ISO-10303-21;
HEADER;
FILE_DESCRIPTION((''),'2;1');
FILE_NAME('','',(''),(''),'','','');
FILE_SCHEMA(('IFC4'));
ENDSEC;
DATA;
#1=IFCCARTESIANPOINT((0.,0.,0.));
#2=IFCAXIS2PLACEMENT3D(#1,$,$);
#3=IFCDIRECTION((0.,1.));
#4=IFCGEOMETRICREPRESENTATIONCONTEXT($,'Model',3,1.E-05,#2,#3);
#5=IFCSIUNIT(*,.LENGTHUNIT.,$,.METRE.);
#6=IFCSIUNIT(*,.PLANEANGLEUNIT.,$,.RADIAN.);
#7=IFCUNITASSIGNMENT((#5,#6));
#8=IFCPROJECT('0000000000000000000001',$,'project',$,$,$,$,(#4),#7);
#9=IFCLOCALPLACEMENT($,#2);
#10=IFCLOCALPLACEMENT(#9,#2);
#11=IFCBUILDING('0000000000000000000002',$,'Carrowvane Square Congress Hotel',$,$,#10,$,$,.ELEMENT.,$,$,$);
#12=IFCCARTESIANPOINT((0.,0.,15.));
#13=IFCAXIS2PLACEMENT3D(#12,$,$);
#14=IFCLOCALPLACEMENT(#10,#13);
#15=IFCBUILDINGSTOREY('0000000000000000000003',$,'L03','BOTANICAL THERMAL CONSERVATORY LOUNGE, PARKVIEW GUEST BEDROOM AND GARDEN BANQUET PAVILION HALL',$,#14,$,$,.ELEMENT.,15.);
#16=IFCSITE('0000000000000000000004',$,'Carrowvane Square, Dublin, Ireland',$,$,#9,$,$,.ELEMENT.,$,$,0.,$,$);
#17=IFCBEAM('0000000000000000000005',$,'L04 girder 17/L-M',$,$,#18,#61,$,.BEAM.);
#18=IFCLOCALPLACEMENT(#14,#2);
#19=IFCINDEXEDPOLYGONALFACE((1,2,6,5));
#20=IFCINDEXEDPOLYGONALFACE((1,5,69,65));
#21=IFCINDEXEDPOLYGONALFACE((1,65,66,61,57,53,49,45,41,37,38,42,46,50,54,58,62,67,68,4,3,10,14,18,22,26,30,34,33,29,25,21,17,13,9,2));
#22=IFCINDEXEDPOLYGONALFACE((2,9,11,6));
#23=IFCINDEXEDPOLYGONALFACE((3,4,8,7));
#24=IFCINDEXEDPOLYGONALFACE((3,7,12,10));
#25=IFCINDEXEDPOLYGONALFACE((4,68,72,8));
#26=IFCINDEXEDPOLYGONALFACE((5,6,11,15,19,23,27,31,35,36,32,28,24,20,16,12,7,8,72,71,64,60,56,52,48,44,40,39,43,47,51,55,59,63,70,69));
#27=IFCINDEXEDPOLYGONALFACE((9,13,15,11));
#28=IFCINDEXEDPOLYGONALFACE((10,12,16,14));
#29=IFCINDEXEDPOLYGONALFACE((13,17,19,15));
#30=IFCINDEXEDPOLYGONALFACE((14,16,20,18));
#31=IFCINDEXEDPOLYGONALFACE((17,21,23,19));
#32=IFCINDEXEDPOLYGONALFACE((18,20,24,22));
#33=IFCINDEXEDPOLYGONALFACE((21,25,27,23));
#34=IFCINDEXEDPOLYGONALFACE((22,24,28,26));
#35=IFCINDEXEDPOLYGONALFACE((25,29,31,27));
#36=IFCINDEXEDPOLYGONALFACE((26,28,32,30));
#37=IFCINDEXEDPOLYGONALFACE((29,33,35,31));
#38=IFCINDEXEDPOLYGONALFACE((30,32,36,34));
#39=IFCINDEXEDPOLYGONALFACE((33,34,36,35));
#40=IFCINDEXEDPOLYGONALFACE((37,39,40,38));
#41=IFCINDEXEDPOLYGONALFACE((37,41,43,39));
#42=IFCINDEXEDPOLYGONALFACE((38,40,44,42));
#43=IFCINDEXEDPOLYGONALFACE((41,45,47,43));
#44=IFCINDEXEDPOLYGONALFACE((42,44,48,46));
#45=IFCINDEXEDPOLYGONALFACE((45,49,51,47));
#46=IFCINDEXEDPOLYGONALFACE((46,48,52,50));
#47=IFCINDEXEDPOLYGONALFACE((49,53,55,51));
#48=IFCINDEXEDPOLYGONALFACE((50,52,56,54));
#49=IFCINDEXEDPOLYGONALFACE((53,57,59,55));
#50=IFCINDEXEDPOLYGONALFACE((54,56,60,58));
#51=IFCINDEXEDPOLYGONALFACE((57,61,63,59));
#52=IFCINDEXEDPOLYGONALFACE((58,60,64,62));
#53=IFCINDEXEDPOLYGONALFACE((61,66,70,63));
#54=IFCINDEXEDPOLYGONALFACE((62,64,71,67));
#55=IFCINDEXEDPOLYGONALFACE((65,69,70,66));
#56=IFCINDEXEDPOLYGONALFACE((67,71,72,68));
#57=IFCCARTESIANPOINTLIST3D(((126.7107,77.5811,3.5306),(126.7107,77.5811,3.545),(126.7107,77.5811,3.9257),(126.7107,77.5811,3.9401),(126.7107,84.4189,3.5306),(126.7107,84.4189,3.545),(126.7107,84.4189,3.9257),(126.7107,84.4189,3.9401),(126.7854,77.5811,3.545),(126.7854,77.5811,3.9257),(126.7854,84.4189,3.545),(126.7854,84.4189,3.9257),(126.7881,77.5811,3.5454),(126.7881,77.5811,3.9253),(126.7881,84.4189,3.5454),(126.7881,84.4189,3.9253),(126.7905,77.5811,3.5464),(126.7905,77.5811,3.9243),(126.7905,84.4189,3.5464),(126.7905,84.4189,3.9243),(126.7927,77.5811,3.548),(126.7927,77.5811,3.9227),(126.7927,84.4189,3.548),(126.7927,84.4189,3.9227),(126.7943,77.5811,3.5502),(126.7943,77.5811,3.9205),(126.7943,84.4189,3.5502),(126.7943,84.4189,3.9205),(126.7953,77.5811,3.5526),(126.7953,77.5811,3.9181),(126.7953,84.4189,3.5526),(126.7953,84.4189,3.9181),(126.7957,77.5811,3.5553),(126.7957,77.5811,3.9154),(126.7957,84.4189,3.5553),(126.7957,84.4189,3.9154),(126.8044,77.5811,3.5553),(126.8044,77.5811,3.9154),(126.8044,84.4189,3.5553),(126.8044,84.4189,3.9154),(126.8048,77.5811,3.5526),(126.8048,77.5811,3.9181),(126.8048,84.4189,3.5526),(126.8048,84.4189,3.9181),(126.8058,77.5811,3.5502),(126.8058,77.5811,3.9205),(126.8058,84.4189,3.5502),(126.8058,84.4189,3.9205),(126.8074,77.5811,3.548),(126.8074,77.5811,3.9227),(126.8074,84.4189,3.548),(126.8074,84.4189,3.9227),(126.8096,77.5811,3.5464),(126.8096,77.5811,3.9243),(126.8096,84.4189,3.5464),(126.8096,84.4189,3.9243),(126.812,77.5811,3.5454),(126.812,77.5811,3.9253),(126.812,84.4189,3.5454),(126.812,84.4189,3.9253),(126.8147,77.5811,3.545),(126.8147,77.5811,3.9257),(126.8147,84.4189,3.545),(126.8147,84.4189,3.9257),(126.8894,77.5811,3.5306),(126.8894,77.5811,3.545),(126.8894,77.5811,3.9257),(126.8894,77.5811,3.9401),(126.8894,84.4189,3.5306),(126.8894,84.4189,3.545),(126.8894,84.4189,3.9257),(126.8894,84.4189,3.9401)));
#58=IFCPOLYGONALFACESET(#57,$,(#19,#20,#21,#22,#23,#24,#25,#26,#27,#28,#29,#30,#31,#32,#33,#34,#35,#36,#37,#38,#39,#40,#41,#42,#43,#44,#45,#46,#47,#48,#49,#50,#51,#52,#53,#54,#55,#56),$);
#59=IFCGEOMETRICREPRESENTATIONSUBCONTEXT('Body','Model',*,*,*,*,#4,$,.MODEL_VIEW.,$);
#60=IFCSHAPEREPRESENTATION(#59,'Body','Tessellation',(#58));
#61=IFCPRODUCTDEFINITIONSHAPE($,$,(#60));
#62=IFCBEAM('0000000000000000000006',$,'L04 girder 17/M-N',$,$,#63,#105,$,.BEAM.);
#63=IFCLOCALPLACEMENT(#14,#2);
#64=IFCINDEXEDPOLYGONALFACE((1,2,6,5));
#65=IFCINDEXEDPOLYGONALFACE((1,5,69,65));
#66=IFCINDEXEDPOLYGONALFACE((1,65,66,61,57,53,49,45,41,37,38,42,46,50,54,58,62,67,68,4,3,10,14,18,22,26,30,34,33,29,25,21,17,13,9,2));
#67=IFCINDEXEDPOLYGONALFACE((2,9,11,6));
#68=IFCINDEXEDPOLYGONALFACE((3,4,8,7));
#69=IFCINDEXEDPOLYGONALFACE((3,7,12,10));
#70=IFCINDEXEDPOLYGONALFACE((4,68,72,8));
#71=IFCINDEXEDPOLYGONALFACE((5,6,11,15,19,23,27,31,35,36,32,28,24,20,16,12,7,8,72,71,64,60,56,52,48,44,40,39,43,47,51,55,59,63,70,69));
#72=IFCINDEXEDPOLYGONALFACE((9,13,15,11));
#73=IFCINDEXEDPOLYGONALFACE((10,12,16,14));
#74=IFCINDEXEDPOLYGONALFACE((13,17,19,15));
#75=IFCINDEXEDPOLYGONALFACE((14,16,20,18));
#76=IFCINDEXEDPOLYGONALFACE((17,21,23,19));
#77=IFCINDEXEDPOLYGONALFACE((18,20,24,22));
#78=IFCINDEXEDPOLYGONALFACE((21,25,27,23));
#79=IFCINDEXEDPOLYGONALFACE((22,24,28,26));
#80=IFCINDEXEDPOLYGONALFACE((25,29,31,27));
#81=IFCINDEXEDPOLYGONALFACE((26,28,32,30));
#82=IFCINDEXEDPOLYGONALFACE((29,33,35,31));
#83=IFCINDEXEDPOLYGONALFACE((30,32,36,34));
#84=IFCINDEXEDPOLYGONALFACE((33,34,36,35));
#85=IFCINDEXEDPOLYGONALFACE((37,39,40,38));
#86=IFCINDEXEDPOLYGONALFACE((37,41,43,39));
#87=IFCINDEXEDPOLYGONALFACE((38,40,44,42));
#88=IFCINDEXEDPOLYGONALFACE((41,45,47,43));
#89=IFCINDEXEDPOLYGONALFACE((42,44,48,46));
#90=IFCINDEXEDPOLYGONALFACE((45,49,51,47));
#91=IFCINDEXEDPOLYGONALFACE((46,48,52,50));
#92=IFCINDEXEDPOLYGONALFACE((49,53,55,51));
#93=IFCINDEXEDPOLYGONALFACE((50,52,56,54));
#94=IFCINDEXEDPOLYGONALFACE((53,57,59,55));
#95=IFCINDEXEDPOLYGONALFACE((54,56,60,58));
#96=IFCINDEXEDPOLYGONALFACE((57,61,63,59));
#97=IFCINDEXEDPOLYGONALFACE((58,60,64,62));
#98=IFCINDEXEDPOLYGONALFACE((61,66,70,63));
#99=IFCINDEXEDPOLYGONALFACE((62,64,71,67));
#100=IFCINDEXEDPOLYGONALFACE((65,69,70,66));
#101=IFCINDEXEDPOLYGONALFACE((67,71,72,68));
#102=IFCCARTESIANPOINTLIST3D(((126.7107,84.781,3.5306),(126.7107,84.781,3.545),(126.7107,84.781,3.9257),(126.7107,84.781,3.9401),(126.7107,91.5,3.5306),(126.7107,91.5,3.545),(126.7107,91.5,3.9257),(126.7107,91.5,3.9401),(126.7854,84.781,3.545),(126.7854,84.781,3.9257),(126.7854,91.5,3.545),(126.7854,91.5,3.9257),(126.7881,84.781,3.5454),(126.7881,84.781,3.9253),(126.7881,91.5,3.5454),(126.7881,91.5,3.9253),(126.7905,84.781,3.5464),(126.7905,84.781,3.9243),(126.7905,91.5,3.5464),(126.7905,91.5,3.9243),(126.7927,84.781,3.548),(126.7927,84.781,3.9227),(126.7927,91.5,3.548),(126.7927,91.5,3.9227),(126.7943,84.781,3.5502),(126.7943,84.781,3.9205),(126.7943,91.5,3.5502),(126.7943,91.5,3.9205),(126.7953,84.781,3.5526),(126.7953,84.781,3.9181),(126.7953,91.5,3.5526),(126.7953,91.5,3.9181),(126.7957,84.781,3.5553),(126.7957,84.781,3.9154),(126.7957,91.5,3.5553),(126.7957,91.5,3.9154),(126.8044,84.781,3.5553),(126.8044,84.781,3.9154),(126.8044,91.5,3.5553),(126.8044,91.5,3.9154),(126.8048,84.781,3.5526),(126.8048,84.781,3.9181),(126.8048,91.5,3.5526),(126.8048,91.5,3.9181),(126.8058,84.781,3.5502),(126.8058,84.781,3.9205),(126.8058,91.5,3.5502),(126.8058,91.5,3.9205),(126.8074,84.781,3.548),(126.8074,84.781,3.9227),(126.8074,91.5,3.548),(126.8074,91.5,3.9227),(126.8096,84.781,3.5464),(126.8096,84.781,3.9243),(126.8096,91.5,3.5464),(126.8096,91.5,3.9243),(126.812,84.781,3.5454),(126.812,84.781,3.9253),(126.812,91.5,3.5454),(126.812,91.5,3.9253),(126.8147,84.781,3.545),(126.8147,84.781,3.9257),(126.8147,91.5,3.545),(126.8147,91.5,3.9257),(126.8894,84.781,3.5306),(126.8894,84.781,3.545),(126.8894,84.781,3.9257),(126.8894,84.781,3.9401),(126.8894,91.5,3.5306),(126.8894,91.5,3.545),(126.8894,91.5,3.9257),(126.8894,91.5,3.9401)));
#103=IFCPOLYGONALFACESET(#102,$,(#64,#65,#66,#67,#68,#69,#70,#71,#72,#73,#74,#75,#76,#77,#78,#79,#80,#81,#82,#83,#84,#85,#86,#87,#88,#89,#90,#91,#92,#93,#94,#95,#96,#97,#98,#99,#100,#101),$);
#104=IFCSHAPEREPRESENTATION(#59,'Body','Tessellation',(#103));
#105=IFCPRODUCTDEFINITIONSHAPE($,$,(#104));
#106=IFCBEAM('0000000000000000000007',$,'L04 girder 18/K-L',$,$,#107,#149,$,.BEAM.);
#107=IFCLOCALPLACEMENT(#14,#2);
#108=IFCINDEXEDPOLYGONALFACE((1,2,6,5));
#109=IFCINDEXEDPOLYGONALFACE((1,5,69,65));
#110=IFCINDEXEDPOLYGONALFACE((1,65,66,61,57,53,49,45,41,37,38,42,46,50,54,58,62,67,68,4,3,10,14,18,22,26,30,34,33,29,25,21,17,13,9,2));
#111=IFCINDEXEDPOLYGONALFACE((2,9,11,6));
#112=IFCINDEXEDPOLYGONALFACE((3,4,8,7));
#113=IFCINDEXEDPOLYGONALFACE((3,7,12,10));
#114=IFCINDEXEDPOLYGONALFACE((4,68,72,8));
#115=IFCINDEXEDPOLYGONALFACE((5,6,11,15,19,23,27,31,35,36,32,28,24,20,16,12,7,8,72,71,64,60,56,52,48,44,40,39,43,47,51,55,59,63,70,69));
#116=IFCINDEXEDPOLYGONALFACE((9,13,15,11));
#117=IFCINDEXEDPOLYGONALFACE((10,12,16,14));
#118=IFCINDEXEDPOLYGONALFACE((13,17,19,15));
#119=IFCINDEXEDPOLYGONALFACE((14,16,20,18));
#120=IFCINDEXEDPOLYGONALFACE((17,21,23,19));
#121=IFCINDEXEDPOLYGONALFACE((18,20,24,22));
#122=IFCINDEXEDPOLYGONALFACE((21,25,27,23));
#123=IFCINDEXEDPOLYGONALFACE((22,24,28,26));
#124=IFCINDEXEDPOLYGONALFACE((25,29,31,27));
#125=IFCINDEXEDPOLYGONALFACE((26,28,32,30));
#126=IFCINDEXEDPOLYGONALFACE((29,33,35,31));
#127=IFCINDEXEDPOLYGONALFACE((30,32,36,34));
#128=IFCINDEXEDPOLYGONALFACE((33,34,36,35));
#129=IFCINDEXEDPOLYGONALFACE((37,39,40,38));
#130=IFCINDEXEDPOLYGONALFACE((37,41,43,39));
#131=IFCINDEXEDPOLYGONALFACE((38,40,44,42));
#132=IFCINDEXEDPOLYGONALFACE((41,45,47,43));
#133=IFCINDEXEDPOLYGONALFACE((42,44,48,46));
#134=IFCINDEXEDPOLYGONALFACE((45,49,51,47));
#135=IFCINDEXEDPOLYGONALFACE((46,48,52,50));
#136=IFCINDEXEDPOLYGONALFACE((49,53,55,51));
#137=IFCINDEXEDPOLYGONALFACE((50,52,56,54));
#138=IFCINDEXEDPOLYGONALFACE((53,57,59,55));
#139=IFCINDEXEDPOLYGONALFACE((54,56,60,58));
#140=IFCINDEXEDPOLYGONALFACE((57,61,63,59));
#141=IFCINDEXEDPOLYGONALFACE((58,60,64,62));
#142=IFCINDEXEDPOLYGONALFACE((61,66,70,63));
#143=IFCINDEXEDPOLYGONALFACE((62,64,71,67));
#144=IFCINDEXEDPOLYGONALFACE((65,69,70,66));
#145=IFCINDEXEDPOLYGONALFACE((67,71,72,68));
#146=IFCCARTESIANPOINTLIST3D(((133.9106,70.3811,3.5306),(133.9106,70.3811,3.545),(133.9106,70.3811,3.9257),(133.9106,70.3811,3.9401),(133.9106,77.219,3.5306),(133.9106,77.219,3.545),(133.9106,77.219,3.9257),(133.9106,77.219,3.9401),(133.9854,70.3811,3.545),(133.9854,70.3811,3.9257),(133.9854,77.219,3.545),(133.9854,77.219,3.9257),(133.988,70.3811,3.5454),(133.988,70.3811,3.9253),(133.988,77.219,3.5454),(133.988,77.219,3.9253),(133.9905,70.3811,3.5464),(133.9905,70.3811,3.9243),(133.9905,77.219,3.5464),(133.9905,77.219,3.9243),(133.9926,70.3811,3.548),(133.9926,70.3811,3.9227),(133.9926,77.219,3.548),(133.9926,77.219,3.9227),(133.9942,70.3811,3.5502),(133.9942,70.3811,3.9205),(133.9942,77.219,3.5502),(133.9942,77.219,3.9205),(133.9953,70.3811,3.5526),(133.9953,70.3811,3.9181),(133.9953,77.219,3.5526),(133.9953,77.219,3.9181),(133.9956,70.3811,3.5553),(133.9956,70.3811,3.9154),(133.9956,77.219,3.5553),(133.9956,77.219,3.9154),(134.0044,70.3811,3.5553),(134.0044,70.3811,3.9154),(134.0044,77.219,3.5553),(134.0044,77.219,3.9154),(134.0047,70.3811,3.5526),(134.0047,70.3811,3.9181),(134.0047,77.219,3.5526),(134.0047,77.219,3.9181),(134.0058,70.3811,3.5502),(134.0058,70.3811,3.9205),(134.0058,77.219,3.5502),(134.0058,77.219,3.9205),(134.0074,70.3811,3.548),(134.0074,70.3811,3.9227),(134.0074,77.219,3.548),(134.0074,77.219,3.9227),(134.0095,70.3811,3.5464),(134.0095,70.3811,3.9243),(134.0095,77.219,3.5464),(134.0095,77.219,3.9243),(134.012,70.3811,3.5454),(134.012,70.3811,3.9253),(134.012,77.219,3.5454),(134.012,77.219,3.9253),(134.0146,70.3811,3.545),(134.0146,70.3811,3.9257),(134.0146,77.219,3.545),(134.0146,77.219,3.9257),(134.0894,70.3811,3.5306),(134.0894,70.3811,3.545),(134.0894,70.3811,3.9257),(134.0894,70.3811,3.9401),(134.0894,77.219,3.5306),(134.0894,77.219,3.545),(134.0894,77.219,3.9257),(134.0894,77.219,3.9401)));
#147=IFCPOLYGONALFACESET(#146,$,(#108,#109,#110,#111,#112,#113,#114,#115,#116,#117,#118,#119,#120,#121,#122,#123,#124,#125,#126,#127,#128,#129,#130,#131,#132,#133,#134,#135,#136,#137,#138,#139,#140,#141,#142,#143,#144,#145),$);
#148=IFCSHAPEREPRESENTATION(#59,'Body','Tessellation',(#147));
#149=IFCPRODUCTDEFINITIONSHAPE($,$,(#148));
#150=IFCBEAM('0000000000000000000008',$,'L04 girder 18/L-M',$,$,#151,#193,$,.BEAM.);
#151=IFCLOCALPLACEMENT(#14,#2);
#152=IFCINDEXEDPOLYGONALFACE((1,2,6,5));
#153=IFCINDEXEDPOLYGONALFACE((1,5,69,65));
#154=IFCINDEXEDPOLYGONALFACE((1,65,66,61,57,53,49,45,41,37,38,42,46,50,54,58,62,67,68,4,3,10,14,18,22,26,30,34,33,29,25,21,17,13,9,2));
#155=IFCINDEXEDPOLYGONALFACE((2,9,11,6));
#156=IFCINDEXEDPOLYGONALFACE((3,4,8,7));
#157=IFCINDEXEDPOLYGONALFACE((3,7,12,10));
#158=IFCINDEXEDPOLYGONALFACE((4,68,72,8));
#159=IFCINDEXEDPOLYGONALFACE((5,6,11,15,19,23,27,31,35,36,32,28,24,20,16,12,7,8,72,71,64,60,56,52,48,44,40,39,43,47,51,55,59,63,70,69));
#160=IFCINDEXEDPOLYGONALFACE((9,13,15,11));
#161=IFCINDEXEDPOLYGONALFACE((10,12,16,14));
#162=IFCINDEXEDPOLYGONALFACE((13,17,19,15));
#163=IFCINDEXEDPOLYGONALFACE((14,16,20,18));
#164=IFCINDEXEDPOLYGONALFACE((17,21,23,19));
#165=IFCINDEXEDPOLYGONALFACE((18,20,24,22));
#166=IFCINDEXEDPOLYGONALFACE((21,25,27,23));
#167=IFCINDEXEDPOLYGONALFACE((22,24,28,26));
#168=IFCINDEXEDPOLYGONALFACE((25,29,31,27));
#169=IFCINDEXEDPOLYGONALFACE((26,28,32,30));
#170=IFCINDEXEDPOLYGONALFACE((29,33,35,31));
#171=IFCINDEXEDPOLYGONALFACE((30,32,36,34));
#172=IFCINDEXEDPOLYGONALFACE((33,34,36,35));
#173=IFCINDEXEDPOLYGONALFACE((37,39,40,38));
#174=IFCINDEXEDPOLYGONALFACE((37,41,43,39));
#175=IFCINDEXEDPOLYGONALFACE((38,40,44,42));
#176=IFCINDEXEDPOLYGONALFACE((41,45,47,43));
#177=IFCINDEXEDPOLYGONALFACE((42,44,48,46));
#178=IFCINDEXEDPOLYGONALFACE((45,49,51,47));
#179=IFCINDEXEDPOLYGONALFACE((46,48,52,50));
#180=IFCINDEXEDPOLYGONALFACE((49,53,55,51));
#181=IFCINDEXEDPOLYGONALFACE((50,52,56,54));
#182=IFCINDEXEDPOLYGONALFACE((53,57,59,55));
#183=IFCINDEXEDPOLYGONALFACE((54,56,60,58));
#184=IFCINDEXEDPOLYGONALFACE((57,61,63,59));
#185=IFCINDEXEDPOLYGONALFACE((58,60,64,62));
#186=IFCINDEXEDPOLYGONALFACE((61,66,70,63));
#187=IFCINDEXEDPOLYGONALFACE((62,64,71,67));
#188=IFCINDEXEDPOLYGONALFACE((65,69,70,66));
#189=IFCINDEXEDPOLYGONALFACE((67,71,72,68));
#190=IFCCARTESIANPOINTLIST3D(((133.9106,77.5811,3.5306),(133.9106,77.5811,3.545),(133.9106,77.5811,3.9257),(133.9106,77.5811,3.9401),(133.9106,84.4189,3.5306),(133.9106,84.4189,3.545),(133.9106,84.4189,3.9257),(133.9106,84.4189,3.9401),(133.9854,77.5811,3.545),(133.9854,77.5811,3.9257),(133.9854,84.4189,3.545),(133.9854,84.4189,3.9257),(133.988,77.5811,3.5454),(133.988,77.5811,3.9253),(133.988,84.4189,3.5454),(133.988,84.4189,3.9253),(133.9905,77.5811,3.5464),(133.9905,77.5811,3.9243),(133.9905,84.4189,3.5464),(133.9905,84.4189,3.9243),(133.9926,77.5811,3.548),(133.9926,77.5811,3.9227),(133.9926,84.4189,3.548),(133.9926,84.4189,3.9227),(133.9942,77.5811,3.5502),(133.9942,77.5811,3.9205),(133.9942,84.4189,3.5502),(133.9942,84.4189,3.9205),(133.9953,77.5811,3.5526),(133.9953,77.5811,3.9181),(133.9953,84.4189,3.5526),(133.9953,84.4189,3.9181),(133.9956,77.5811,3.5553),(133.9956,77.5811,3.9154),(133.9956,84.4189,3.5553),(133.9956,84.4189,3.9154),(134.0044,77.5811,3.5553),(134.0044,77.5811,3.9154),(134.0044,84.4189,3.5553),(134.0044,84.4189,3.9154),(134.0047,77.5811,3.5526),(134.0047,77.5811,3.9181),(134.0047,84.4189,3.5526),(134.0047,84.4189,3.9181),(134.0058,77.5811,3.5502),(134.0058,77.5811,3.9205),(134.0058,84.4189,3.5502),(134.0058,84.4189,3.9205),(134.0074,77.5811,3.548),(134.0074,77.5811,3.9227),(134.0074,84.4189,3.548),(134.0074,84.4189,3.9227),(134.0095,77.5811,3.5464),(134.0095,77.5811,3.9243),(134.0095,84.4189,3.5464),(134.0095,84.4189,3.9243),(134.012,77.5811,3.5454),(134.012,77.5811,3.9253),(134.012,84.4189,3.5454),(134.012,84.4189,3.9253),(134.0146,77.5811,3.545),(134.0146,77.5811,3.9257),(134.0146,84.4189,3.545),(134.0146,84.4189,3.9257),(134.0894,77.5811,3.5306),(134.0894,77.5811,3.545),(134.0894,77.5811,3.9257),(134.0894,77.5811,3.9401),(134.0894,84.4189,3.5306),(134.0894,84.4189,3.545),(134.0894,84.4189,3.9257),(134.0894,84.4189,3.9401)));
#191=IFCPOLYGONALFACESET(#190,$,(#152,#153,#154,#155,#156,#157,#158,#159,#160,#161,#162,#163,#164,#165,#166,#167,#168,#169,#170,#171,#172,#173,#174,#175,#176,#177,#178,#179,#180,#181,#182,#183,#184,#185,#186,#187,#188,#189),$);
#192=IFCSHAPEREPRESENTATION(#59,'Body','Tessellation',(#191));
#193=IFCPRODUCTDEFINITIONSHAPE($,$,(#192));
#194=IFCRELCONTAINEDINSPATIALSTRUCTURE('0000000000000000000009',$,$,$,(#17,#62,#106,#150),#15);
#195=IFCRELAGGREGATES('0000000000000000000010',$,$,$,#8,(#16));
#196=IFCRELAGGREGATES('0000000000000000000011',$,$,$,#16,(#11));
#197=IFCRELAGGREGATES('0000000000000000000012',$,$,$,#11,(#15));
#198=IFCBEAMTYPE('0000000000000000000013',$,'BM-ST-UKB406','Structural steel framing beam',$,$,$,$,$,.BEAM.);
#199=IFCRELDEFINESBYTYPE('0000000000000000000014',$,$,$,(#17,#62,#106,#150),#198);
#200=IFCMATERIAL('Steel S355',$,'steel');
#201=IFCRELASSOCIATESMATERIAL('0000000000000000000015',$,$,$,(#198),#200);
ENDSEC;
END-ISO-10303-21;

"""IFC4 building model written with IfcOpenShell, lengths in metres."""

from ifc_helpers import new_model, si_unit, direction, frame, origin, origin_2d, place, context, subcontext, project, spatial, i_section, extrude, material, material_profile, profile_set, type_object, element, save


model = new_model("IFC4")

# Units and contexts
model_context = context("Model", 3, precision=1e-05, world=origin(), true_north=direction((0.0, 1.0)))
body_context = subcontext(model_context, "Body", "Model", "MODEL_VIEW")
ifc_project = project(units=[si_unit("LENGTHUNIT", "METRE"), si_unit("PLANEANGLEUNIT", "RADIAN")], contexts=[model_context])

# Site, building, storey
site_placement = place(None, origin())
site = spatial("IfcSite", under=ifc_project, at=site_placement, Name="Carrowvane Square, Dublin, Ireland", CompositionType="ELEMENT", RefElevation=0.0)
building_placement = place(site_placement, origin())
building = spatial("IfcBuilding", under=site, at=building_placement, Name="Carrowvane Square Congress Hotel", CompositionType="ELEMENT")
storey_placement = place(building_placement, frame((0.0, 0.0, 15.0)))
storey = spatial("IfcBuildingStorey", under=building, at=storey_placement, Name="L03", Description="BOTANICAL THERMAL CONSERVATORY LOUNGE, PARKVIEW GUEST BEDROOM AND GARDEN BANQUET PAVILION HALL", CompositionType="ELEMENT", Elevation=15.0)

# Beams
ifc_material_1 = material(Name="Steel S355", Category="steel")
ifc_material_profile_1 = material_profile(ifc_material_1, i_section(OverallWidth=0.1787, OverallDepth=0.4094, WebThickness=0.0088, FlangeThickness=0.0144, FilletRadius=0.0103, at=origin_2d()), Name="UKB 406x178x67")
ifc_profile_set_1 = profile_set([ifc_material_profile_1], Name="Steel S355")
beam_type_1 = type_object("IfcBeamType", Name="BM-ST-UKB406", Description="Structural steel framing beam", PredefinedType="BEAM", material=ifc_profile_set_1)
for number, where, z_axis, x_axis, name in (
    (1, (126.8, 77.5811, 3.7354), (0.0, 1.0, 0.0), (-1.0, 0.0, 0.0), "L04 girder 17/L-M"),
):
    element("IfcBeam", number, at=place(storey_placement, frame(where, z_axis=z_axis, x_axis=x_axis)), inside=storey, type_object=beam_type_1, Name=name, PredefinedType="BEAM", context=body_context, shape_type="SweptSolid", body=[
        extrude(i_section(OverallWidth=0.1787, OverallDepth=0.4094, WebThickness=0.0088, FlangeThickness=0.0144, FilletRadius=0.0103, at=origin_2d()), origin(), (0.0, 0.0, 1.0), 6.8379),
    ])
beam_1_placement = place(storey_placement, frame((126.8, 84.781, 3.7354), z_axis=(0.0, 1.0, 0.0), x_axis=(-1.0, 0.0, 0.0)))
element("IfcBeam", 2, at=beam_1_placement, inside=storey, type_object=beam_type_1, Name="L04 girder 17/M-N", PredefinedType="BEAM", context=body_context, shape_type="SweptSolid", body=[
    extrude(i_section(OverallWidth=0.1787, OverallDepth=0.4094, WebThickness=0.0088, FlangeThickness=0.0144, FilletRadius=0.0103, at=origin_2d()), origin(), (0.0, 0.0, 1.0), 6.719),
])
for number, where, z_axis, x_axis, name in (
    (3, (134.0, 70.3811, 3.7354), (0.0, 1.0, 0.0), (-1.0, 0.0, 0.0), "L04 girder 18/K-L"),
    (4, (134.0, 77.5811, 3.7354), (0.0, 1.0, 0.0), (-1.0, 0.0, 0.0), "L04 girder 18/L-M"),
):
    element("IfcBeam", number, at=place(storey_placement, frame(where, z_axis=z_axis, x_axis=x_axis)), inside=storey, type_object=beam_type_1, Name=name, PredefinedType="BEAM", context=body_context, shape_type="SweptSolid", body=[
        extrude(i_section(OverallWidth=0.1787, OverallDepth=0.4094, WebThickness=0.0088, FlangeThickness=0.0144, FilletRadius=0.0103, at=origin_2d()), origin(), (0.0, 0.0, 1.0), 6.8379),
    ])

save(model, "model.ifc")
